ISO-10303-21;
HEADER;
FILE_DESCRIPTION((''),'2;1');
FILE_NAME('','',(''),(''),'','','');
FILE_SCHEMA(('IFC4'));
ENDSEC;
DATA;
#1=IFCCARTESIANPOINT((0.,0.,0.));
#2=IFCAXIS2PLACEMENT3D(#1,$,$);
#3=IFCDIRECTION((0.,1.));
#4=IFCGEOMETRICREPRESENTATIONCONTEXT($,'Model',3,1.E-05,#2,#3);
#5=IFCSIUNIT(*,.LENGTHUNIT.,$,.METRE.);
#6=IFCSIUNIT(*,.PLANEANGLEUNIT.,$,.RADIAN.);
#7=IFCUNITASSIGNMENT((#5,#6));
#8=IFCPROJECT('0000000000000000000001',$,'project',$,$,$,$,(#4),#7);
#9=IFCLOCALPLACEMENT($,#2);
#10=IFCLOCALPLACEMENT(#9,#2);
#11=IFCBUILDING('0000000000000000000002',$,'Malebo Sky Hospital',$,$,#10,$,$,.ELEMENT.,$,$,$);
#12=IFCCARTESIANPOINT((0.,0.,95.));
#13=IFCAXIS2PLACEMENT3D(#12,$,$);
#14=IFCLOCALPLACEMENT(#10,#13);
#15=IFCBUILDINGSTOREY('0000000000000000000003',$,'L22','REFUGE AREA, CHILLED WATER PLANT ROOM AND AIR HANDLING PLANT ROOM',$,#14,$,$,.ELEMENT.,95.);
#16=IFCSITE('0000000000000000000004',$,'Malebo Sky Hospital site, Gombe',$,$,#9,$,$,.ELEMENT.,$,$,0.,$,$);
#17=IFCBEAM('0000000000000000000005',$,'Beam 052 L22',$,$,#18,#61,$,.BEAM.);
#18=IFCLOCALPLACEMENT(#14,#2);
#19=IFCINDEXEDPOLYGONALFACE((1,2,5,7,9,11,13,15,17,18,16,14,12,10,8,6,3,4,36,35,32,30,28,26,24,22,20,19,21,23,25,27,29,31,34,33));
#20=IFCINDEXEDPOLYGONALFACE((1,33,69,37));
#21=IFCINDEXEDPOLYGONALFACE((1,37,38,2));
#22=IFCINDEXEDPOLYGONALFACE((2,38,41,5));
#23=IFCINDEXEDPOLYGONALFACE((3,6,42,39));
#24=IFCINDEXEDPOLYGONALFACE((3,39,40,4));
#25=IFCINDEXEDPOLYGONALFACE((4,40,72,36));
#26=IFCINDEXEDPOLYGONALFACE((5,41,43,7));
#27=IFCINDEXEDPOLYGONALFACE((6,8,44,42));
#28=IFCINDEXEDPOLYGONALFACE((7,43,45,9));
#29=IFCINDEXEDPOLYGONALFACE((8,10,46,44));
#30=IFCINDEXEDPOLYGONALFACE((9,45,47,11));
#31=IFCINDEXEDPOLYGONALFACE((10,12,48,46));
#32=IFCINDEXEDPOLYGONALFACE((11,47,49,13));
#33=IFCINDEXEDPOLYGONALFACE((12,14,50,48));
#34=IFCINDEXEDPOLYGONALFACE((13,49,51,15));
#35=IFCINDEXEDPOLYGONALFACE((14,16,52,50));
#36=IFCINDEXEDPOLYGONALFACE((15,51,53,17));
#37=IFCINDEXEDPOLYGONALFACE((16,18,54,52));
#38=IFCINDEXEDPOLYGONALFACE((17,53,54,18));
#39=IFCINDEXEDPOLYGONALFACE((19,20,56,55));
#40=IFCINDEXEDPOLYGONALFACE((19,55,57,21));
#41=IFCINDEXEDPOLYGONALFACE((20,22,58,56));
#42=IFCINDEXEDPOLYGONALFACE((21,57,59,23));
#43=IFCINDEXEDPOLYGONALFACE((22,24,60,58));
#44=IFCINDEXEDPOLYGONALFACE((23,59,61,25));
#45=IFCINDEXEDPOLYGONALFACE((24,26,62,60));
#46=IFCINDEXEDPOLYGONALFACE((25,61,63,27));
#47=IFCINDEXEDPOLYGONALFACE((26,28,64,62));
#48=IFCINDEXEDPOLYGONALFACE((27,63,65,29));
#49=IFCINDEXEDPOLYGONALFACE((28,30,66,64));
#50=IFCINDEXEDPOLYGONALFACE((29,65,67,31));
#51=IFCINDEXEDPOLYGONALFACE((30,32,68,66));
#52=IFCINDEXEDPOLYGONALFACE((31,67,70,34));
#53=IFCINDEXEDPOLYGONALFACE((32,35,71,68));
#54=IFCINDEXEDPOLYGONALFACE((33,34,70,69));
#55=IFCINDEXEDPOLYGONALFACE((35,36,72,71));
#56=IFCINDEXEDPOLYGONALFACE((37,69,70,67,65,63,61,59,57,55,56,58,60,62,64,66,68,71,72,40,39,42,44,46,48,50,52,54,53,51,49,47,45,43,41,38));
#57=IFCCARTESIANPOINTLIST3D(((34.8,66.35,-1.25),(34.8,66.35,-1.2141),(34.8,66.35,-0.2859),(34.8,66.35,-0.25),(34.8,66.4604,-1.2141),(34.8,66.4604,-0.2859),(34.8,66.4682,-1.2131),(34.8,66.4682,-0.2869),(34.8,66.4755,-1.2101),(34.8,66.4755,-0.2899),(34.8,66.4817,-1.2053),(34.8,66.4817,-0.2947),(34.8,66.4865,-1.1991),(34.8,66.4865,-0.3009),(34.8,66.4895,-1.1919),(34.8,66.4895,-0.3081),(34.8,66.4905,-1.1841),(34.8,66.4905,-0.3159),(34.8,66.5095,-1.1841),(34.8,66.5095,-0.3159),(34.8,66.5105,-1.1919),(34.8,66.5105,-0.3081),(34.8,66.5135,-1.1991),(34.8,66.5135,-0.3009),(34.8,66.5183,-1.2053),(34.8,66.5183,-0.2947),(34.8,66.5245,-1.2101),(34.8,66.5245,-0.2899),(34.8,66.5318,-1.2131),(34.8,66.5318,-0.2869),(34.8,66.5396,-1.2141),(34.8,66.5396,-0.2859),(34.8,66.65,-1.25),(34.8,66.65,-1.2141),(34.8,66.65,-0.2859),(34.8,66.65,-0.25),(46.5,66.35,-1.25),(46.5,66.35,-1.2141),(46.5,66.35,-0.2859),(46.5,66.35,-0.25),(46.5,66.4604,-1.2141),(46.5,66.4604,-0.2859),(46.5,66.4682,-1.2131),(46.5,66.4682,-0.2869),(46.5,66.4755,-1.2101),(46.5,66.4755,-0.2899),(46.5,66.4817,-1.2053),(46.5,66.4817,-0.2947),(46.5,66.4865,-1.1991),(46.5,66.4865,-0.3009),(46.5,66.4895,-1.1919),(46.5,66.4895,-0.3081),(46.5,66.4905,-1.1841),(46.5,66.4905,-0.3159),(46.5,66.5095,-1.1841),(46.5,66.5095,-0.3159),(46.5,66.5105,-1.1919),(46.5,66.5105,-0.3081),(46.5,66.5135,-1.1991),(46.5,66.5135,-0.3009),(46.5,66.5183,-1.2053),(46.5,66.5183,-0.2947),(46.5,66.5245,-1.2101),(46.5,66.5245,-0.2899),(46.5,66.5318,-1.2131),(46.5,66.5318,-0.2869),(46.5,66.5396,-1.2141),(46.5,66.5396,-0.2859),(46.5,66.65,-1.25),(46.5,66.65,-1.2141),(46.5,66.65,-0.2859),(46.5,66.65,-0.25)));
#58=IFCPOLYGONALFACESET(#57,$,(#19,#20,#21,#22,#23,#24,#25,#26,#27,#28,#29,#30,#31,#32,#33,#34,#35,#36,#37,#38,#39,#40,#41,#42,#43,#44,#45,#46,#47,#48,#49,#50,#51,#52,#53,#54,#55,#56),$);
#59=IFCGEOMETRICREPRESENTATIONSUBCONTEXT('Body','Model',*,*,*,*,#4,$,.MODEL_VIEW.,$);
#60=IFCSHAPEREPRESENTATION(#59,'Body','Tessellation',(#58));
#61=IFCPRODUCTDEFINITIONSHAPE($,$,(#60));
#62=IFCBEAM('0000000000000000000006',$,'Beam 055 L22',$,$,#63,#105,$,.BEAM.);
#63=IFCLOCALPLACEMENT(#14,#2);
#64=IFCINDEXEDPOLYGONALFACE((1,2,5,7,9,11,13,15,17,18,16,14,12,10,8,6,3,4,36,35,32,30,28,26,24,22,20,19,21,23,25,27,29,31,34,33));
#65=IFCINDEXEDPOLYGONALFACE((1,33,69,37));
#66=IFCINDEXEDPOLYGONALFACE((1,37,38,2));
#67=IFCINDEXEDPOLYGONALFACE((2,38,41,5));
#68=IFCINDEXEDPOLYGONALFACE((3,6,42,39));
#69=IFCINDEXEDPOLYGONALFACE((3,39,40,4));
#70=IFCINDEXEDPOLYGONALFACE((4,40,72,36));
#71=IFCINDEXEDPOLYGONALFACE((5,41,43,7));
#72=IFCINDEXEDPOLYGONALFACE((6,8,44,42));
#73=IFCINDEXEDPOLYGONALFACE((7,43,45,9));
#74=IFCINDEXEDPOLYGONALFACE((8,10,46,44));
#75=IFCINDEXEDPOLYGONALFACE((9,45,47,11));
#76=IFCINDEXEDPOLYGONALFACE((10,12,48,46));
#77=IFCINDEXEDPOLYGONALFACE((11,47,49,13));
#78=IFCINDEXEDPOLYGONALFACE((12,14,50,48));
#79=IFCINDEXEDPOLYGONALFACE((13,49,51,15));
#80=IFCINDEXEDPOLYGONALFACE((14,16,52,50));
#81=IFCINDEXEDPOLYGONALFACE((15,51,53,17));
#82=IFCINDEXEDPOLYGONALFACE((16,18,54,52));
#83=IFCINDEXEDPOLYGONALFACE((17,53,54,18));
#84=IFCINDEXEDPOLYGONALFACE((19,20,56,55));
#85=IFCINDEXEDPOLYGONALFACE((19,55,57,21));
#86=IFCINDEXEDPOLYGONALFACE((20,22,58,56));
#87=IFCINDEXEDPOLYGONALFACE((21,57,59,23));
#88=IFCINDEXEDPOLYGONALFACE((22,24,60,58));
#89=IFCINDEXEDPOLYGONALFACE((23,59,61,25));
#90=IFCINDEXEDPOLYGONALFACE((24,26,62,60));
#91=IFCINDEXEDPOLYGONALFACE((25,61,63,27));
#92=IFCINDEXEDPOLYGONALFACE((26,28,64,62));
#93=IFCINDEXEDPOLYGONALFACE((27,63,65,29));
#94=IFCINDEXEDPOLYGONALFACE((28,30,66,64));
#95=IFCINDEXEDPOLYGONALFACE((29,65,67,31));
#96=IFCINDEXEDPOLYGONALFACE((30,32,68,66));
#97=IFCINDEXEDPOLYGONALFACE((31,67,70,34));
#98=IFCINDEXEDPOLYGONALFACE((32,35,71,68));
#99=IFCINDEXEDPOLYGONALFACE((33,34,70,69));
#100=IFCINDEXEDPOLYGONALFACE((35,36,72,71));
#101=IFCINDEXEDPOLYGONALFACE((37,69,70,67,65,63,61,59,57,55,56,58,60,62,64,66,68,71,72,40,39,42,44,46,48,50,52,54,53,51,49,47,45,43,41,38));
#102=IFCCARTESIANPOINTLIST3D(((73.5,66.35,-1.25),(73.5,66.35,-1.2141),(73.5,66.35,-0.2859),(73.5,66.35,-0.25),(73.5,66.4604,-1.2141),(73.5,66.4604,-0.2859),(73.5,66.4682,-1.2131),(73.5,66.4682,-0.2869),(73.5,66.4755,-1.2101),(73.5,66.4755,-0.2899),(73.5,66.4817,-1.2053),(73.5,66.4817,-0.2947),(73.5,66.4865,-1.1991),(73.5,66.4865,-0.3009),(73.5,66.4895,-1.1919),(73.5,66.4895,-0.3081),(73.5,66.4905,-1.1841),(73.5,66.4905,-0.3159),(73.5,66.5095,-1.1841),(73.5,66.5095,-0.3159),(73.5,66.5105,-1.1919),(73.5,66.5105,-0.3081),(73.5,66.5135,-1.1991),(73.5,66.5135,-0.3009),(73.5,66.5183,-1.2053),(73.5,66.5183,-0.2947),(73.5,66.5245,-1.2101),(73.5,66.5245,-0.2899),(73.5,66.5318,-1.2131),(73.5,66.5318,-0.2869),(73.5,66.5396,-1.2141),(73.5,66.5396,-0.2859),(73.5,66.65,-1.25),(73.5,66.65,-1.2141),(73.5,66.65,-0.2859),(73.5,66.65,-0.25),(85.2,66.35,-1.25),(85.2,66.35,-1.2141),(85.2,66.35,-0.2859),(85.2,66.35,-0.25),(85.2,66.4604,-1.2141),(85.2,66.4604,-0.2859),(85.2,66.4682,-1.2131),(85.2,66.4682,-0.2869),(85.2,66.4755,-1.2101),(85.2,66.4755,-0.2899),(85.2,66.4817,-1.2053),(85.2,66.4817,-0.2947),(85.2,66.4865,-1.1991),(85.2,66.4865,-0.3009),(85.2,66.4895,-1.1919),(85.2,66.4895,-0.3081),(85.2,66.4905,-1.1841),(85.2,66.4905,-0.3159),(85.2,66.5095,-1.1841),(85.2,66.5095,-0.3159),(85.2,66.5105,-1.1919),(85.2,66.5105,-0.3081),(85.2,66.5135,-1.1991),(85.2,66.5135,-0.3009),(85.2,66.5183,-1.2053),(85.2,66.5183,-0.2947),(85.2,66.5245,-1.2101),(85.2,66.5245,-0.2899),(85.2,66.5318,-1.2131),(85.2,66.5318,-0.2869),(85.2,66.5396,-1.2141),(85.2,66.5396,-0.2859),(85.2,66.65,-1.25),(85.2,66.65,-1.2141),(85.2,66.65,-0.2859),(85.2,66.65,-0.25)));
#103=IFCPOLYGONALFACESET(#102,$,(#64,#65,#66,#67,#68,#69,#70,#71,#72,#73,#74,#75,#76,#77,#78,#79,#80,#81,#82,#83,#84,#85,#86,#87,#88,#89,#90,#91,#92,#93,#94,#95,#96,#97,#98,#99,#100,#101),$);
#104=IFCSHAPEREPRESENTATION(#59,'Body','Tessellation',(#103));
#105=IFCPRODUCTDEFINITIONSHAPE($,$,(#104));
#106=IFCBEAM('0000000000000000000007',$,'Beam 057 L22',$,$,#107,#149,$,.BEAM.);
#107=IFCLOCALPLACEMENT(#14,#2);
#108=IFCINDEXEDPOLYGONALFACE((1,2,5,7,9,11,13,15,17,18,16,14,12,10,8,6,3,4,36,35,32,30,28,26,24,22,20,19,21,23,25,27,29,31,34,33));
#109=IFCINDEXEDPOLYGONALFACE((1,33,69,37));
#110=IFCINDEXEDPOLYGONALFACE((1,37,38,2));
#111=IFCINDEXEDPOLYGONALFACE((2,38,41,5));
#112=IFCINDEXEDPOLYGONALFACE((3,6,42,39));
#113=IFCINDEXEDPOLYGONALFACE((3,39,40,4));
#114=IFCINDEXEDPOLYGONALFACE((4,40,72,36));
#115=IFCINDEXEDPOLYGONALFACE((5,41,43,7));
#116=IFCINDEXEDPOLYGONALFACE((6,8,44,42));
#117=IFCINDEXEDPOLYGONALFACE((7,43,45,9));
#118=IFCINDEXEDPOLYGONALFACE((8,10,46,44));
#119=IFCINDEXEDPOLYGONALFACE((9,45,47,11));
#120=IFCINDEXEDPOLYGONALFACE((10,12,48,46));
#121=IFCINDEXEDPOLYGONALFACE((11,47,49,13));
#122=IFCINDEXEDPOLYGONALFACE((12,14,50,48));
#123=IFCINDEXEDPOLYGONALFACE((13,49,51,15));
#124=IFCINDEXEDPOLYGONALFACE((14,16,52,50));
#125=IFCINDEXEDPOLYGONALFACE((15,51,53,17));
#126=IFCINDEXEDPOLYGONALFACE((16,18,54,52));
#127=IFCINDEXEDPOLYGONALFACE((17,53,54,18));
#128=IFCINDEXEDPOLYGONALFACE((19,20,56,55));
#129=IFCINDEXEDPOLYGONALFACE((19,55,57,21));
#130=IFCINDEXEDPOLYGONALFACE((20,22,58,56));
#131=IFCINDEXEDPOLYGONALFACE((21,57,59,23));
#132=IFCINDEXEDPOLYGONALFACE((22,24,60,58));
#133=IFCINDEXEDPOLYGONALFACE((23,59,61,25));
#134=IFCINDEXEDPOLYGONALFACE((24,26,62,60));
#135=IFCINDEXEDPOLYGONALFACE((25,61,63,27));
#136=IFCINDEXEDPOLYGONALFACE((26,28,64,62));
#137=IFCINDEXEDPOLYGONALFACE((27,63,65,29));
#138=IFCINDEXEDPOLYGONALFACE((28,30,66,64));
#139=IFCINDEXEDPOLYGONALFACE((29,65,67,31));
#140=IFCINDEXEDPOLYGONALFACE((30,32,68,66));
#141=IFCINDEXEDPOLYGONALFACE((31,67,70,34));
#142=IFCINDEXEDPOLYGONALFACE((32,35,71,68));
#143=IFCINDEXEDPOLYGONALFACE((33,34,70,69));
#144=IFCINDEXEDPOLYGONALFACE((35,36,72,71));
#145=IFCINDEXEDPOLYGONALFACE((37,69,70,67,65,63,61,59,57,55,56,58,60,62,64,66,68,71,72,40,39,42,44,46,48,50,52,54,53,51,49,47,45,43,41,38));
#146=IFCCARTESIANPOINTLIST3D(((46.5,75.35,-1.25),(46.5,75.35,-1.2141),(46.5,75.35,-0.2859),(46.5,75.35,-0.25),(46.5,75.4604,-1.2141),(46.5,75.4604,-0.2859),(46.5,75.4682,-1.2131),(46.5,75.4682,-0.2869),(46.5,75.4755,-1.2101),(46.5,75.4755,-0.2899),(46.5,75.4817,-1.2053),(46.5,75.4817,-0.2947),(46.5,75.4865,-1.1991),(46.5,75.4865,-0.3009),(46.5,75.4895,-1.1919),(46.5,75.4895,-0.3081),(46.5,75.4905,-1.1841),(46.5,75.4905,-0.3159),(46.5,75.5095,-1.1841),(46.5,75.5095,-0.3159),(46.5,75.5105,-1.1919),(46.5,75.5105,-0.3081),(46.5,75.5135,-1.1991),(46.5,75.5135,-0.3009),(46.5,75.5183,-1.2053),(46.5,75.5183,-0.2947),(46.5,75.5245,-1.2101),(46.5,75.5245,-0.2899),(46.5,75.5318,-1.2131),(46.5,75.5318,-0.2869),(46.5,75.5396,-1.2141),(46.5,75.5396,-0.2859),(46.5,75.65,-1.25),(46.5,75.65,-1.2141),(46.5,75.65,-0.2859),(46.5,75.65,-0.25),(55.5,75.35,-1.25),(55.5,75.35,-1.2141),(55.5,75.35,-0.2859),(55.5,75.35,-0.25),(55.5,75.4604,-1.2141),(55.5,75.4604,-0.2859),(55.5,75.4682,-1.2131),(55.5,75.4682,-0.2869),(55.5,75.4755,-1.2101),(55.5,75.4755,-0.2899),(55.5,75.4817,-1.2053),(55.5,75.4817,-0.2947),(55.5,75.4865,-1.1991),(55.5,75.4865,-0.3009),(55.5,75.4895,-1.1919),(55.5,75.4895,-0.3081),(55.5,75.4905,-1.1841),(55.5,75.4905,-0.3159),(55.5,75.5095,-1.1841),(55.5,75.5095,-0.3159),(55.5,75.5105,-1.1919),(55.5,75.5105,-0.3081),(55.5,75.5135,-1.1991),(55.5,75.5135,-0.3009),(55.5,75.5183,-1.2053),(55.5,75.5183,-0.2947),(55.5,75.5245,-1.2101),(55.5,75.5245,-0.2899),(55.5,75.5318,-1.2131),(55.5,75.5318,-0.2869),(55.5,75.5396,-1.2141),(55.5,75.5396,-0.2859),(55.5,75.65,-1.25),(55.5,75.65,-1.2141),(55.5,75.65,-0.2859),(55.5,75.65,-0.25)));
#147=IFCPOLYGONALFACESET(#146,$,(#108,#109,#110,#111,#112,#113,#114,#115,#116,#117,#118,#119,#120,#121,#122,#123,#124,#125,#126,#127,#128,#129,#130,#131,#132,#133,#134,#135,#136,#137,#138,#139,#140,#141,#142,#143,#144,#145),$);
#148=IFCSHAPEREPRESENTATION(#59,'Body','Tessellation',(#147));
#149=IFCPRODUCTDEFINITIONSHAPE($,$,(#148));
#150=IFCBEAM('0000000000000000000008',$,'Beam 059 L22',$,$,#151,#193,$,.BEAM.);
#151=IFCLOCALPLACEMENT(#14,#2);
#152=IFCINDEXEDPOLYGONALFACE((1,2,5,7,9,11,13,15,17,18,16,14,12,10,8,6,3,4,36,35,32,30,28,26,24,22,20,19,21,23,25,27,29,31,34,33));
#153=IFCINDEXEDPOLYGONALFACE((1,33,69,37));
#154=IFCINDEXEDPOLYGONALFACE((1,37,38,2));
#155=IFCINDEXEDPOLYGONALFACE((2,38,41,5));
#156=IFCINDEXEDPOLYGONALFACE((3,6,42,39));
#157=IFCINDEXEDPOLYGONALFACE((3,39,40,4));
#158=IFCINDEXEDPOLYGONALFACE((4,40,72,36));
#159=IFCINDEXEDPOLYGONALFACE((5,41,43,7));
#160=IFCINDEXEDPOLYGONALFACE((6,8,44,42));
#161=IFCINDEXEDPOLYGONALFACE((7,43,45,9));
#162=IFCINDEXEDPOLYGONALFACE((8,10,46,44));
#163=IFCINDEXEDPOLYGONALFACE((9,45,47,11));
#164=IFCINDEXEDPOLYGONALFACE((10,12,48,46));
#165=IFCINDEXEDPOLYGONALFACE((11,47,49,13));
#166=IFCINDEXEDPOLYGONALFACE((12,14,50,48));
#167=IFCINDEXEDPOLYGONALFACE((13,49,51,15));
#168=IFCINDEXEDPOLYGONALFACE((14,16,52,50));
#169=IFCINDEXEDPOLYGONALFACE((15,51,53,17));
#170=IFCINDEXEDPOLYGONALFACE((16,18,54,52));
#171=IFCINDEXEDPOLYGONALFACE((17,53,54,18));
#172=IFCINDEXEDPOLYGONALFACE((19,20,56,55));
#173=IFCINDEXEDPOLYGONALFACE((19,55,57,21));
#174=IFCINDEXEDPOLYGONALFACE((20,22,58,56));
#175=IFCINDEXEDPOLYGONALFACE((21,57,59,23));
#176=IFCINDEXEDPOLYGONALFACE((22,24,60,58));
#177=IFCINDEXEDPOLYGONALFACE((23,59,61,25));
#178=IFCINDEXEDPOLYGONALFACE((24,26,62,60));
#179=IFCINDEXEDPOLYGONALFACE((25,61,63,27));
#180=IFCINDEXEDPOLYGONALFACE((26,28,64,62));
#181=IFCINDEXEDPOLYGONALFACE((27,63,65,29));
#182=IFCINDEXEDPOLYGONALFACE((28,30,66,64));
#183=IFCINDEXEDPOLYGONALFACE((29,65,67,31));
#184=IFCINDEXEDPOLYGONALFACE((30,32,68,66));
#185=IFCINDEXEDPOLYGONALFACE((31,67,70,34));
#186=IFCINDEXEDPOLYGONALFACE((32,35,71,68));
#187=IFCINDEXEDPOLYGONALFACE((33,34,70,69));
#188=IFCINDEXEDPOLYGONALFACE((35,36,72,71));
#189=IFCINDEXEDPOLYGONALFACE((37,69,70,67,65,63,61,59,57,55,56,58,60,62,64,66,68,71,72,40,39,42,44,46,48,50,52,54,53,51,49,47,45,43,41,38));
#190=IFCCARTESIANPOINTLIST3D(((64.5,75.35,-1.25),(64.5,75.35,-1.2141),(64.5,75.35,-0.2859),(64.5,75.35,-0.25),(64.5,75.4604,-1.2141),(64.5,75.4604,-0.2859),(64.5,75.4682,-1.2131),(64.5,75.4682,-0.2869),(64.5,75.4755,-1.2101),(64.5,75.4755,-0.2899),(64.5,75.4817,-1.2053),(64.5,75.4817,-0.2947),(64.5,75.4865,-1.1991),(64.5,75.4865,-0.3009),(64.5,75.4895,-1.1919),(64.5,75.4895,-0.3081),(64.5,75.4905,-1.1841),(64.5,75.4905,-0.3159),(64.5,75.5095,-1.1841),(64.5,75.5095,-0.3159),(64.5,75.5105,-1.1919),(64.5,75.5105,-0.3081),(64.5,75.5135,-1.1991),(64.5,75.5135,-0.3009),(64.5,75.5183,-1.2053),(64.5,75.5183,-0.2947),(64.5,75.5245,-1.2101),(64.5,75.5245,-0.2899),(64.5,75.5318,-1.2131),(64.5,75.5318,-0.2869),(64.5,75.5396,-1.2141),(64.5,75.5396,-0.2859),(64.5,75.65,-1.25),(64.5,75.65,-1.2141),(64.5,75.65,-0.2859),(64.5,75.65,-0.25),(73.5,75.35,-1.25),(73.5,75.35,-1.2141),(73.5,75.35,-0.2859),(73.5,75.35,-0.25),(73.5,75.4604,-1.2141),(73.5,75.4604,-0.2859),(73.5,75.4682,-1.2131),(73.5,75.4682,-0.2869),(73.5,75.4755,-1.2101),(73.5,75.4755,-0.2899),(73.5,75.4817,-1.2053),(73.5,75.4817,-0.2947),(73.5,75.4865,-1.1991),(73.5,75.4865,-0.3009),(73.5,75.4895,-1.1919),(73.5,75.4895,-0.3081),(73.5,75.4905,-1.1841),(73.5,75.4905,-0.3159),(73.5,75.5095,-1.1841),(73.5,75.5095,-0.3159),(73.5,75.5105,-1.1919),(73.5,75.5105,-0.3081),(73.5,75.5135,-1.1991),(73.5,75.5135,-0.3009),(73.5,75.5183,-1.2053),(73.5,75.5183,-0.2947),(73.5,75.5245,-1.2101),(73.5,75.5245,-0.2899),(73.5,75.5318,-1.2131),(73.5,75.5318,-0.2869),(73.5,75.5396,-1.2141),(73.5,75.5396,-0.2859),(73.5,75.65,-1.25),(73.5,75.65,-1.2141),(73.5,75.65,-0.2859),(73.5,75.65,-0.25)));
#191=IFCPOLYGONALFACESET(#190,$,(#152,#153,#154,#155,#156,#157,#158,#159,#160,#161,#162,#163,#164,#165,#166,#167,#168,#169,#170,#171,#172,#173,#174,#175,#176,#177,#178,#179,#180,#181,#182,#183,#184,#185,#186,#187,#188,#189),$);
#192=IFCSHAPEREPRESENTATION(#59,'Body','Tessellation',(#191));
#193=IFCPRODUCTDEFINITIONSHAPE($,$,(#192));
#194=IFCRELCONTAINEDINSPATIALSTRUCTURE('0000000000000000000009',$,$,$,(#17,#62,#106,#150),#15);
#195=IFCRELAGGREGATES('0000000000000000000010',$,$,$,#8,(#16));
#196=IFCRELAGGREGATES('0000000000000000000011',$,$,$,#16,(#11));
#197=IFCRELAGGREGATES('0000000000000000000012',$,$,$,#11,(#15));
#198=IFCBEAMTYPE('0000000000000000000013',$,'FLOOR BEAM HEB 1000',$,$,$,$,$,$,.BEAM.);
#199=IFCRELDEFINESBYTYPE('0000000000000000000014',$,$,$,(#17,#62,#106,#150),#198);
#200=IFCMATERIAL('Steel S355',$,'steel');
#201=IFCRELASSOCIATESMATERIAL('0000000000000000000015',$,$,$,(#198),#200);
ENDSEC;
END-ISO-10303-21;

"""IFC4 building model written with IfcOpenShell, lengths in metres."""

from ifc_helpers import new_model, si_unit, direction, frame, origin, origin_2d, place, context, subcontext, project, spatial, i_section, extrude, material, material_profile, profile_set, type_object, element, save


model = new_model("IFC4")

# Units and contexts
model_context = context("Model", 3, precision=1e-05, world=origin(), true_north=direction((0.0, 1.0)))
body_context = subcontext(model_context, "Body", "Model", "MODEL_VIEW")
ifc_project = project(units=[si_unit("LENGTHUNIT", "METRE"), si_unit("PLANEANGLEUNIT", "RADIAN")], contexts=[model_context])

# Site, building, storey
site_placement = place(None, origin())
site = spatial("IfcSite", under=ifc_project, at=site_placement, Name="Malebo Sky Hospital site, Gombe", CompositionType="ELEMENT", RefElevation=0.0)
building_placement = place(site_placement, origin())
building = spatial("IfcBuilding", under=site, at=building_placement, Name="Malebo Sky Hospital", CompositionType="ELEMENT")
storey_placement = place(building_placement, frame((0.0, 0.0, 95.0)))
storey = spatial("IfcBuildingStorey", under=building, at=storey_placement, Name="L22", Description="REFUGE AREA, CHILLED WATER PLANT ROOM AND AIR HANDLING PLANT ROOM", CompositionType="ELEMENT", Elevation=95.0)

# Beams
ifc_material_1 = material(Name="Steel S355", Category="steel")
ifc_material_profile_1 = material_profile(ifc_material_1, i_section(OverallWidth=0.3, OverallDepth=1.0, WebThickness=0.019, FlangeThickness=0.0359, FilletRadius=0.03, at=origin_2d()), Name="HEB 1000")
ifc_profile_set_1 = profile_set([ifc_material_profile_1], Name="Steel S355")
beam_type_1 = type_object("IfcBeamType", Name="FLOOR BEAM HEB 1000", PredefinedType="BEAM", material=ifc_profile_set_1)
for number, where, z_axis, x_axis, name in (
    (1, (34.8, 66.5, -0.75), (1.0, 0.0, 0.0), (0.0, 1.0, 0.0), "Beam 052 L22"),
    (2, (73.5, 66.5, -0.75), (1.0, 0.0, 0.0), (0.0, 1.0, 0.0), "Beam 055 L22"),
):
    element("IfcBeam", number, at=place(storey_placement, frame(where, z_axis=z_axis, x_axis=x_axis)), inside=storey, type_object=beam_type_1, Name=name, PredefinedType="BEAM", context=body_context, shape_type="SweptSolid", body=[
        extrude(i_section(OverallWidth=0.3, OverallDepth=1.0, WebThickness=0.019, FlangeThickness=0.0359, FilletRadius=0.03, at=origin_2d()), origin(), (0.0, 0.0, 1.0), 11.7),
    ])
for number, where, z_axis, x_axis, name in (
    (3, (46.5, 75.5, -0.75), (1.0, 0.0, 0.0), (0.0, 1.0, 0.0), "Beam 057 L22"),
    (4, (64.5, 75.5, -0.75), (1.0, 0.0, 0.0), (0.0, 1.0, 0.0), "Beam 059 L22"),
):
    element("IfcBeam", number, at=place(storey_placement, frame(where, z_axis=z_axis, x_axis=x_axis)), inside=storey, type_object=beam_type_1, Name=name, PredefinedType="BEAM", context=body_context, shape_type="SweptSolid", body=[
        extrude(i_section(OverallWidth=0.3, OverallDepth=1.0, WebThickness=0.019, FlangeThickness=0.0359, FilletRadius=0.03, at=origin_2d()), origin(), (0.0, 0.0, 1.0), 9.0),
    ])

save(model, "model.ifc")
